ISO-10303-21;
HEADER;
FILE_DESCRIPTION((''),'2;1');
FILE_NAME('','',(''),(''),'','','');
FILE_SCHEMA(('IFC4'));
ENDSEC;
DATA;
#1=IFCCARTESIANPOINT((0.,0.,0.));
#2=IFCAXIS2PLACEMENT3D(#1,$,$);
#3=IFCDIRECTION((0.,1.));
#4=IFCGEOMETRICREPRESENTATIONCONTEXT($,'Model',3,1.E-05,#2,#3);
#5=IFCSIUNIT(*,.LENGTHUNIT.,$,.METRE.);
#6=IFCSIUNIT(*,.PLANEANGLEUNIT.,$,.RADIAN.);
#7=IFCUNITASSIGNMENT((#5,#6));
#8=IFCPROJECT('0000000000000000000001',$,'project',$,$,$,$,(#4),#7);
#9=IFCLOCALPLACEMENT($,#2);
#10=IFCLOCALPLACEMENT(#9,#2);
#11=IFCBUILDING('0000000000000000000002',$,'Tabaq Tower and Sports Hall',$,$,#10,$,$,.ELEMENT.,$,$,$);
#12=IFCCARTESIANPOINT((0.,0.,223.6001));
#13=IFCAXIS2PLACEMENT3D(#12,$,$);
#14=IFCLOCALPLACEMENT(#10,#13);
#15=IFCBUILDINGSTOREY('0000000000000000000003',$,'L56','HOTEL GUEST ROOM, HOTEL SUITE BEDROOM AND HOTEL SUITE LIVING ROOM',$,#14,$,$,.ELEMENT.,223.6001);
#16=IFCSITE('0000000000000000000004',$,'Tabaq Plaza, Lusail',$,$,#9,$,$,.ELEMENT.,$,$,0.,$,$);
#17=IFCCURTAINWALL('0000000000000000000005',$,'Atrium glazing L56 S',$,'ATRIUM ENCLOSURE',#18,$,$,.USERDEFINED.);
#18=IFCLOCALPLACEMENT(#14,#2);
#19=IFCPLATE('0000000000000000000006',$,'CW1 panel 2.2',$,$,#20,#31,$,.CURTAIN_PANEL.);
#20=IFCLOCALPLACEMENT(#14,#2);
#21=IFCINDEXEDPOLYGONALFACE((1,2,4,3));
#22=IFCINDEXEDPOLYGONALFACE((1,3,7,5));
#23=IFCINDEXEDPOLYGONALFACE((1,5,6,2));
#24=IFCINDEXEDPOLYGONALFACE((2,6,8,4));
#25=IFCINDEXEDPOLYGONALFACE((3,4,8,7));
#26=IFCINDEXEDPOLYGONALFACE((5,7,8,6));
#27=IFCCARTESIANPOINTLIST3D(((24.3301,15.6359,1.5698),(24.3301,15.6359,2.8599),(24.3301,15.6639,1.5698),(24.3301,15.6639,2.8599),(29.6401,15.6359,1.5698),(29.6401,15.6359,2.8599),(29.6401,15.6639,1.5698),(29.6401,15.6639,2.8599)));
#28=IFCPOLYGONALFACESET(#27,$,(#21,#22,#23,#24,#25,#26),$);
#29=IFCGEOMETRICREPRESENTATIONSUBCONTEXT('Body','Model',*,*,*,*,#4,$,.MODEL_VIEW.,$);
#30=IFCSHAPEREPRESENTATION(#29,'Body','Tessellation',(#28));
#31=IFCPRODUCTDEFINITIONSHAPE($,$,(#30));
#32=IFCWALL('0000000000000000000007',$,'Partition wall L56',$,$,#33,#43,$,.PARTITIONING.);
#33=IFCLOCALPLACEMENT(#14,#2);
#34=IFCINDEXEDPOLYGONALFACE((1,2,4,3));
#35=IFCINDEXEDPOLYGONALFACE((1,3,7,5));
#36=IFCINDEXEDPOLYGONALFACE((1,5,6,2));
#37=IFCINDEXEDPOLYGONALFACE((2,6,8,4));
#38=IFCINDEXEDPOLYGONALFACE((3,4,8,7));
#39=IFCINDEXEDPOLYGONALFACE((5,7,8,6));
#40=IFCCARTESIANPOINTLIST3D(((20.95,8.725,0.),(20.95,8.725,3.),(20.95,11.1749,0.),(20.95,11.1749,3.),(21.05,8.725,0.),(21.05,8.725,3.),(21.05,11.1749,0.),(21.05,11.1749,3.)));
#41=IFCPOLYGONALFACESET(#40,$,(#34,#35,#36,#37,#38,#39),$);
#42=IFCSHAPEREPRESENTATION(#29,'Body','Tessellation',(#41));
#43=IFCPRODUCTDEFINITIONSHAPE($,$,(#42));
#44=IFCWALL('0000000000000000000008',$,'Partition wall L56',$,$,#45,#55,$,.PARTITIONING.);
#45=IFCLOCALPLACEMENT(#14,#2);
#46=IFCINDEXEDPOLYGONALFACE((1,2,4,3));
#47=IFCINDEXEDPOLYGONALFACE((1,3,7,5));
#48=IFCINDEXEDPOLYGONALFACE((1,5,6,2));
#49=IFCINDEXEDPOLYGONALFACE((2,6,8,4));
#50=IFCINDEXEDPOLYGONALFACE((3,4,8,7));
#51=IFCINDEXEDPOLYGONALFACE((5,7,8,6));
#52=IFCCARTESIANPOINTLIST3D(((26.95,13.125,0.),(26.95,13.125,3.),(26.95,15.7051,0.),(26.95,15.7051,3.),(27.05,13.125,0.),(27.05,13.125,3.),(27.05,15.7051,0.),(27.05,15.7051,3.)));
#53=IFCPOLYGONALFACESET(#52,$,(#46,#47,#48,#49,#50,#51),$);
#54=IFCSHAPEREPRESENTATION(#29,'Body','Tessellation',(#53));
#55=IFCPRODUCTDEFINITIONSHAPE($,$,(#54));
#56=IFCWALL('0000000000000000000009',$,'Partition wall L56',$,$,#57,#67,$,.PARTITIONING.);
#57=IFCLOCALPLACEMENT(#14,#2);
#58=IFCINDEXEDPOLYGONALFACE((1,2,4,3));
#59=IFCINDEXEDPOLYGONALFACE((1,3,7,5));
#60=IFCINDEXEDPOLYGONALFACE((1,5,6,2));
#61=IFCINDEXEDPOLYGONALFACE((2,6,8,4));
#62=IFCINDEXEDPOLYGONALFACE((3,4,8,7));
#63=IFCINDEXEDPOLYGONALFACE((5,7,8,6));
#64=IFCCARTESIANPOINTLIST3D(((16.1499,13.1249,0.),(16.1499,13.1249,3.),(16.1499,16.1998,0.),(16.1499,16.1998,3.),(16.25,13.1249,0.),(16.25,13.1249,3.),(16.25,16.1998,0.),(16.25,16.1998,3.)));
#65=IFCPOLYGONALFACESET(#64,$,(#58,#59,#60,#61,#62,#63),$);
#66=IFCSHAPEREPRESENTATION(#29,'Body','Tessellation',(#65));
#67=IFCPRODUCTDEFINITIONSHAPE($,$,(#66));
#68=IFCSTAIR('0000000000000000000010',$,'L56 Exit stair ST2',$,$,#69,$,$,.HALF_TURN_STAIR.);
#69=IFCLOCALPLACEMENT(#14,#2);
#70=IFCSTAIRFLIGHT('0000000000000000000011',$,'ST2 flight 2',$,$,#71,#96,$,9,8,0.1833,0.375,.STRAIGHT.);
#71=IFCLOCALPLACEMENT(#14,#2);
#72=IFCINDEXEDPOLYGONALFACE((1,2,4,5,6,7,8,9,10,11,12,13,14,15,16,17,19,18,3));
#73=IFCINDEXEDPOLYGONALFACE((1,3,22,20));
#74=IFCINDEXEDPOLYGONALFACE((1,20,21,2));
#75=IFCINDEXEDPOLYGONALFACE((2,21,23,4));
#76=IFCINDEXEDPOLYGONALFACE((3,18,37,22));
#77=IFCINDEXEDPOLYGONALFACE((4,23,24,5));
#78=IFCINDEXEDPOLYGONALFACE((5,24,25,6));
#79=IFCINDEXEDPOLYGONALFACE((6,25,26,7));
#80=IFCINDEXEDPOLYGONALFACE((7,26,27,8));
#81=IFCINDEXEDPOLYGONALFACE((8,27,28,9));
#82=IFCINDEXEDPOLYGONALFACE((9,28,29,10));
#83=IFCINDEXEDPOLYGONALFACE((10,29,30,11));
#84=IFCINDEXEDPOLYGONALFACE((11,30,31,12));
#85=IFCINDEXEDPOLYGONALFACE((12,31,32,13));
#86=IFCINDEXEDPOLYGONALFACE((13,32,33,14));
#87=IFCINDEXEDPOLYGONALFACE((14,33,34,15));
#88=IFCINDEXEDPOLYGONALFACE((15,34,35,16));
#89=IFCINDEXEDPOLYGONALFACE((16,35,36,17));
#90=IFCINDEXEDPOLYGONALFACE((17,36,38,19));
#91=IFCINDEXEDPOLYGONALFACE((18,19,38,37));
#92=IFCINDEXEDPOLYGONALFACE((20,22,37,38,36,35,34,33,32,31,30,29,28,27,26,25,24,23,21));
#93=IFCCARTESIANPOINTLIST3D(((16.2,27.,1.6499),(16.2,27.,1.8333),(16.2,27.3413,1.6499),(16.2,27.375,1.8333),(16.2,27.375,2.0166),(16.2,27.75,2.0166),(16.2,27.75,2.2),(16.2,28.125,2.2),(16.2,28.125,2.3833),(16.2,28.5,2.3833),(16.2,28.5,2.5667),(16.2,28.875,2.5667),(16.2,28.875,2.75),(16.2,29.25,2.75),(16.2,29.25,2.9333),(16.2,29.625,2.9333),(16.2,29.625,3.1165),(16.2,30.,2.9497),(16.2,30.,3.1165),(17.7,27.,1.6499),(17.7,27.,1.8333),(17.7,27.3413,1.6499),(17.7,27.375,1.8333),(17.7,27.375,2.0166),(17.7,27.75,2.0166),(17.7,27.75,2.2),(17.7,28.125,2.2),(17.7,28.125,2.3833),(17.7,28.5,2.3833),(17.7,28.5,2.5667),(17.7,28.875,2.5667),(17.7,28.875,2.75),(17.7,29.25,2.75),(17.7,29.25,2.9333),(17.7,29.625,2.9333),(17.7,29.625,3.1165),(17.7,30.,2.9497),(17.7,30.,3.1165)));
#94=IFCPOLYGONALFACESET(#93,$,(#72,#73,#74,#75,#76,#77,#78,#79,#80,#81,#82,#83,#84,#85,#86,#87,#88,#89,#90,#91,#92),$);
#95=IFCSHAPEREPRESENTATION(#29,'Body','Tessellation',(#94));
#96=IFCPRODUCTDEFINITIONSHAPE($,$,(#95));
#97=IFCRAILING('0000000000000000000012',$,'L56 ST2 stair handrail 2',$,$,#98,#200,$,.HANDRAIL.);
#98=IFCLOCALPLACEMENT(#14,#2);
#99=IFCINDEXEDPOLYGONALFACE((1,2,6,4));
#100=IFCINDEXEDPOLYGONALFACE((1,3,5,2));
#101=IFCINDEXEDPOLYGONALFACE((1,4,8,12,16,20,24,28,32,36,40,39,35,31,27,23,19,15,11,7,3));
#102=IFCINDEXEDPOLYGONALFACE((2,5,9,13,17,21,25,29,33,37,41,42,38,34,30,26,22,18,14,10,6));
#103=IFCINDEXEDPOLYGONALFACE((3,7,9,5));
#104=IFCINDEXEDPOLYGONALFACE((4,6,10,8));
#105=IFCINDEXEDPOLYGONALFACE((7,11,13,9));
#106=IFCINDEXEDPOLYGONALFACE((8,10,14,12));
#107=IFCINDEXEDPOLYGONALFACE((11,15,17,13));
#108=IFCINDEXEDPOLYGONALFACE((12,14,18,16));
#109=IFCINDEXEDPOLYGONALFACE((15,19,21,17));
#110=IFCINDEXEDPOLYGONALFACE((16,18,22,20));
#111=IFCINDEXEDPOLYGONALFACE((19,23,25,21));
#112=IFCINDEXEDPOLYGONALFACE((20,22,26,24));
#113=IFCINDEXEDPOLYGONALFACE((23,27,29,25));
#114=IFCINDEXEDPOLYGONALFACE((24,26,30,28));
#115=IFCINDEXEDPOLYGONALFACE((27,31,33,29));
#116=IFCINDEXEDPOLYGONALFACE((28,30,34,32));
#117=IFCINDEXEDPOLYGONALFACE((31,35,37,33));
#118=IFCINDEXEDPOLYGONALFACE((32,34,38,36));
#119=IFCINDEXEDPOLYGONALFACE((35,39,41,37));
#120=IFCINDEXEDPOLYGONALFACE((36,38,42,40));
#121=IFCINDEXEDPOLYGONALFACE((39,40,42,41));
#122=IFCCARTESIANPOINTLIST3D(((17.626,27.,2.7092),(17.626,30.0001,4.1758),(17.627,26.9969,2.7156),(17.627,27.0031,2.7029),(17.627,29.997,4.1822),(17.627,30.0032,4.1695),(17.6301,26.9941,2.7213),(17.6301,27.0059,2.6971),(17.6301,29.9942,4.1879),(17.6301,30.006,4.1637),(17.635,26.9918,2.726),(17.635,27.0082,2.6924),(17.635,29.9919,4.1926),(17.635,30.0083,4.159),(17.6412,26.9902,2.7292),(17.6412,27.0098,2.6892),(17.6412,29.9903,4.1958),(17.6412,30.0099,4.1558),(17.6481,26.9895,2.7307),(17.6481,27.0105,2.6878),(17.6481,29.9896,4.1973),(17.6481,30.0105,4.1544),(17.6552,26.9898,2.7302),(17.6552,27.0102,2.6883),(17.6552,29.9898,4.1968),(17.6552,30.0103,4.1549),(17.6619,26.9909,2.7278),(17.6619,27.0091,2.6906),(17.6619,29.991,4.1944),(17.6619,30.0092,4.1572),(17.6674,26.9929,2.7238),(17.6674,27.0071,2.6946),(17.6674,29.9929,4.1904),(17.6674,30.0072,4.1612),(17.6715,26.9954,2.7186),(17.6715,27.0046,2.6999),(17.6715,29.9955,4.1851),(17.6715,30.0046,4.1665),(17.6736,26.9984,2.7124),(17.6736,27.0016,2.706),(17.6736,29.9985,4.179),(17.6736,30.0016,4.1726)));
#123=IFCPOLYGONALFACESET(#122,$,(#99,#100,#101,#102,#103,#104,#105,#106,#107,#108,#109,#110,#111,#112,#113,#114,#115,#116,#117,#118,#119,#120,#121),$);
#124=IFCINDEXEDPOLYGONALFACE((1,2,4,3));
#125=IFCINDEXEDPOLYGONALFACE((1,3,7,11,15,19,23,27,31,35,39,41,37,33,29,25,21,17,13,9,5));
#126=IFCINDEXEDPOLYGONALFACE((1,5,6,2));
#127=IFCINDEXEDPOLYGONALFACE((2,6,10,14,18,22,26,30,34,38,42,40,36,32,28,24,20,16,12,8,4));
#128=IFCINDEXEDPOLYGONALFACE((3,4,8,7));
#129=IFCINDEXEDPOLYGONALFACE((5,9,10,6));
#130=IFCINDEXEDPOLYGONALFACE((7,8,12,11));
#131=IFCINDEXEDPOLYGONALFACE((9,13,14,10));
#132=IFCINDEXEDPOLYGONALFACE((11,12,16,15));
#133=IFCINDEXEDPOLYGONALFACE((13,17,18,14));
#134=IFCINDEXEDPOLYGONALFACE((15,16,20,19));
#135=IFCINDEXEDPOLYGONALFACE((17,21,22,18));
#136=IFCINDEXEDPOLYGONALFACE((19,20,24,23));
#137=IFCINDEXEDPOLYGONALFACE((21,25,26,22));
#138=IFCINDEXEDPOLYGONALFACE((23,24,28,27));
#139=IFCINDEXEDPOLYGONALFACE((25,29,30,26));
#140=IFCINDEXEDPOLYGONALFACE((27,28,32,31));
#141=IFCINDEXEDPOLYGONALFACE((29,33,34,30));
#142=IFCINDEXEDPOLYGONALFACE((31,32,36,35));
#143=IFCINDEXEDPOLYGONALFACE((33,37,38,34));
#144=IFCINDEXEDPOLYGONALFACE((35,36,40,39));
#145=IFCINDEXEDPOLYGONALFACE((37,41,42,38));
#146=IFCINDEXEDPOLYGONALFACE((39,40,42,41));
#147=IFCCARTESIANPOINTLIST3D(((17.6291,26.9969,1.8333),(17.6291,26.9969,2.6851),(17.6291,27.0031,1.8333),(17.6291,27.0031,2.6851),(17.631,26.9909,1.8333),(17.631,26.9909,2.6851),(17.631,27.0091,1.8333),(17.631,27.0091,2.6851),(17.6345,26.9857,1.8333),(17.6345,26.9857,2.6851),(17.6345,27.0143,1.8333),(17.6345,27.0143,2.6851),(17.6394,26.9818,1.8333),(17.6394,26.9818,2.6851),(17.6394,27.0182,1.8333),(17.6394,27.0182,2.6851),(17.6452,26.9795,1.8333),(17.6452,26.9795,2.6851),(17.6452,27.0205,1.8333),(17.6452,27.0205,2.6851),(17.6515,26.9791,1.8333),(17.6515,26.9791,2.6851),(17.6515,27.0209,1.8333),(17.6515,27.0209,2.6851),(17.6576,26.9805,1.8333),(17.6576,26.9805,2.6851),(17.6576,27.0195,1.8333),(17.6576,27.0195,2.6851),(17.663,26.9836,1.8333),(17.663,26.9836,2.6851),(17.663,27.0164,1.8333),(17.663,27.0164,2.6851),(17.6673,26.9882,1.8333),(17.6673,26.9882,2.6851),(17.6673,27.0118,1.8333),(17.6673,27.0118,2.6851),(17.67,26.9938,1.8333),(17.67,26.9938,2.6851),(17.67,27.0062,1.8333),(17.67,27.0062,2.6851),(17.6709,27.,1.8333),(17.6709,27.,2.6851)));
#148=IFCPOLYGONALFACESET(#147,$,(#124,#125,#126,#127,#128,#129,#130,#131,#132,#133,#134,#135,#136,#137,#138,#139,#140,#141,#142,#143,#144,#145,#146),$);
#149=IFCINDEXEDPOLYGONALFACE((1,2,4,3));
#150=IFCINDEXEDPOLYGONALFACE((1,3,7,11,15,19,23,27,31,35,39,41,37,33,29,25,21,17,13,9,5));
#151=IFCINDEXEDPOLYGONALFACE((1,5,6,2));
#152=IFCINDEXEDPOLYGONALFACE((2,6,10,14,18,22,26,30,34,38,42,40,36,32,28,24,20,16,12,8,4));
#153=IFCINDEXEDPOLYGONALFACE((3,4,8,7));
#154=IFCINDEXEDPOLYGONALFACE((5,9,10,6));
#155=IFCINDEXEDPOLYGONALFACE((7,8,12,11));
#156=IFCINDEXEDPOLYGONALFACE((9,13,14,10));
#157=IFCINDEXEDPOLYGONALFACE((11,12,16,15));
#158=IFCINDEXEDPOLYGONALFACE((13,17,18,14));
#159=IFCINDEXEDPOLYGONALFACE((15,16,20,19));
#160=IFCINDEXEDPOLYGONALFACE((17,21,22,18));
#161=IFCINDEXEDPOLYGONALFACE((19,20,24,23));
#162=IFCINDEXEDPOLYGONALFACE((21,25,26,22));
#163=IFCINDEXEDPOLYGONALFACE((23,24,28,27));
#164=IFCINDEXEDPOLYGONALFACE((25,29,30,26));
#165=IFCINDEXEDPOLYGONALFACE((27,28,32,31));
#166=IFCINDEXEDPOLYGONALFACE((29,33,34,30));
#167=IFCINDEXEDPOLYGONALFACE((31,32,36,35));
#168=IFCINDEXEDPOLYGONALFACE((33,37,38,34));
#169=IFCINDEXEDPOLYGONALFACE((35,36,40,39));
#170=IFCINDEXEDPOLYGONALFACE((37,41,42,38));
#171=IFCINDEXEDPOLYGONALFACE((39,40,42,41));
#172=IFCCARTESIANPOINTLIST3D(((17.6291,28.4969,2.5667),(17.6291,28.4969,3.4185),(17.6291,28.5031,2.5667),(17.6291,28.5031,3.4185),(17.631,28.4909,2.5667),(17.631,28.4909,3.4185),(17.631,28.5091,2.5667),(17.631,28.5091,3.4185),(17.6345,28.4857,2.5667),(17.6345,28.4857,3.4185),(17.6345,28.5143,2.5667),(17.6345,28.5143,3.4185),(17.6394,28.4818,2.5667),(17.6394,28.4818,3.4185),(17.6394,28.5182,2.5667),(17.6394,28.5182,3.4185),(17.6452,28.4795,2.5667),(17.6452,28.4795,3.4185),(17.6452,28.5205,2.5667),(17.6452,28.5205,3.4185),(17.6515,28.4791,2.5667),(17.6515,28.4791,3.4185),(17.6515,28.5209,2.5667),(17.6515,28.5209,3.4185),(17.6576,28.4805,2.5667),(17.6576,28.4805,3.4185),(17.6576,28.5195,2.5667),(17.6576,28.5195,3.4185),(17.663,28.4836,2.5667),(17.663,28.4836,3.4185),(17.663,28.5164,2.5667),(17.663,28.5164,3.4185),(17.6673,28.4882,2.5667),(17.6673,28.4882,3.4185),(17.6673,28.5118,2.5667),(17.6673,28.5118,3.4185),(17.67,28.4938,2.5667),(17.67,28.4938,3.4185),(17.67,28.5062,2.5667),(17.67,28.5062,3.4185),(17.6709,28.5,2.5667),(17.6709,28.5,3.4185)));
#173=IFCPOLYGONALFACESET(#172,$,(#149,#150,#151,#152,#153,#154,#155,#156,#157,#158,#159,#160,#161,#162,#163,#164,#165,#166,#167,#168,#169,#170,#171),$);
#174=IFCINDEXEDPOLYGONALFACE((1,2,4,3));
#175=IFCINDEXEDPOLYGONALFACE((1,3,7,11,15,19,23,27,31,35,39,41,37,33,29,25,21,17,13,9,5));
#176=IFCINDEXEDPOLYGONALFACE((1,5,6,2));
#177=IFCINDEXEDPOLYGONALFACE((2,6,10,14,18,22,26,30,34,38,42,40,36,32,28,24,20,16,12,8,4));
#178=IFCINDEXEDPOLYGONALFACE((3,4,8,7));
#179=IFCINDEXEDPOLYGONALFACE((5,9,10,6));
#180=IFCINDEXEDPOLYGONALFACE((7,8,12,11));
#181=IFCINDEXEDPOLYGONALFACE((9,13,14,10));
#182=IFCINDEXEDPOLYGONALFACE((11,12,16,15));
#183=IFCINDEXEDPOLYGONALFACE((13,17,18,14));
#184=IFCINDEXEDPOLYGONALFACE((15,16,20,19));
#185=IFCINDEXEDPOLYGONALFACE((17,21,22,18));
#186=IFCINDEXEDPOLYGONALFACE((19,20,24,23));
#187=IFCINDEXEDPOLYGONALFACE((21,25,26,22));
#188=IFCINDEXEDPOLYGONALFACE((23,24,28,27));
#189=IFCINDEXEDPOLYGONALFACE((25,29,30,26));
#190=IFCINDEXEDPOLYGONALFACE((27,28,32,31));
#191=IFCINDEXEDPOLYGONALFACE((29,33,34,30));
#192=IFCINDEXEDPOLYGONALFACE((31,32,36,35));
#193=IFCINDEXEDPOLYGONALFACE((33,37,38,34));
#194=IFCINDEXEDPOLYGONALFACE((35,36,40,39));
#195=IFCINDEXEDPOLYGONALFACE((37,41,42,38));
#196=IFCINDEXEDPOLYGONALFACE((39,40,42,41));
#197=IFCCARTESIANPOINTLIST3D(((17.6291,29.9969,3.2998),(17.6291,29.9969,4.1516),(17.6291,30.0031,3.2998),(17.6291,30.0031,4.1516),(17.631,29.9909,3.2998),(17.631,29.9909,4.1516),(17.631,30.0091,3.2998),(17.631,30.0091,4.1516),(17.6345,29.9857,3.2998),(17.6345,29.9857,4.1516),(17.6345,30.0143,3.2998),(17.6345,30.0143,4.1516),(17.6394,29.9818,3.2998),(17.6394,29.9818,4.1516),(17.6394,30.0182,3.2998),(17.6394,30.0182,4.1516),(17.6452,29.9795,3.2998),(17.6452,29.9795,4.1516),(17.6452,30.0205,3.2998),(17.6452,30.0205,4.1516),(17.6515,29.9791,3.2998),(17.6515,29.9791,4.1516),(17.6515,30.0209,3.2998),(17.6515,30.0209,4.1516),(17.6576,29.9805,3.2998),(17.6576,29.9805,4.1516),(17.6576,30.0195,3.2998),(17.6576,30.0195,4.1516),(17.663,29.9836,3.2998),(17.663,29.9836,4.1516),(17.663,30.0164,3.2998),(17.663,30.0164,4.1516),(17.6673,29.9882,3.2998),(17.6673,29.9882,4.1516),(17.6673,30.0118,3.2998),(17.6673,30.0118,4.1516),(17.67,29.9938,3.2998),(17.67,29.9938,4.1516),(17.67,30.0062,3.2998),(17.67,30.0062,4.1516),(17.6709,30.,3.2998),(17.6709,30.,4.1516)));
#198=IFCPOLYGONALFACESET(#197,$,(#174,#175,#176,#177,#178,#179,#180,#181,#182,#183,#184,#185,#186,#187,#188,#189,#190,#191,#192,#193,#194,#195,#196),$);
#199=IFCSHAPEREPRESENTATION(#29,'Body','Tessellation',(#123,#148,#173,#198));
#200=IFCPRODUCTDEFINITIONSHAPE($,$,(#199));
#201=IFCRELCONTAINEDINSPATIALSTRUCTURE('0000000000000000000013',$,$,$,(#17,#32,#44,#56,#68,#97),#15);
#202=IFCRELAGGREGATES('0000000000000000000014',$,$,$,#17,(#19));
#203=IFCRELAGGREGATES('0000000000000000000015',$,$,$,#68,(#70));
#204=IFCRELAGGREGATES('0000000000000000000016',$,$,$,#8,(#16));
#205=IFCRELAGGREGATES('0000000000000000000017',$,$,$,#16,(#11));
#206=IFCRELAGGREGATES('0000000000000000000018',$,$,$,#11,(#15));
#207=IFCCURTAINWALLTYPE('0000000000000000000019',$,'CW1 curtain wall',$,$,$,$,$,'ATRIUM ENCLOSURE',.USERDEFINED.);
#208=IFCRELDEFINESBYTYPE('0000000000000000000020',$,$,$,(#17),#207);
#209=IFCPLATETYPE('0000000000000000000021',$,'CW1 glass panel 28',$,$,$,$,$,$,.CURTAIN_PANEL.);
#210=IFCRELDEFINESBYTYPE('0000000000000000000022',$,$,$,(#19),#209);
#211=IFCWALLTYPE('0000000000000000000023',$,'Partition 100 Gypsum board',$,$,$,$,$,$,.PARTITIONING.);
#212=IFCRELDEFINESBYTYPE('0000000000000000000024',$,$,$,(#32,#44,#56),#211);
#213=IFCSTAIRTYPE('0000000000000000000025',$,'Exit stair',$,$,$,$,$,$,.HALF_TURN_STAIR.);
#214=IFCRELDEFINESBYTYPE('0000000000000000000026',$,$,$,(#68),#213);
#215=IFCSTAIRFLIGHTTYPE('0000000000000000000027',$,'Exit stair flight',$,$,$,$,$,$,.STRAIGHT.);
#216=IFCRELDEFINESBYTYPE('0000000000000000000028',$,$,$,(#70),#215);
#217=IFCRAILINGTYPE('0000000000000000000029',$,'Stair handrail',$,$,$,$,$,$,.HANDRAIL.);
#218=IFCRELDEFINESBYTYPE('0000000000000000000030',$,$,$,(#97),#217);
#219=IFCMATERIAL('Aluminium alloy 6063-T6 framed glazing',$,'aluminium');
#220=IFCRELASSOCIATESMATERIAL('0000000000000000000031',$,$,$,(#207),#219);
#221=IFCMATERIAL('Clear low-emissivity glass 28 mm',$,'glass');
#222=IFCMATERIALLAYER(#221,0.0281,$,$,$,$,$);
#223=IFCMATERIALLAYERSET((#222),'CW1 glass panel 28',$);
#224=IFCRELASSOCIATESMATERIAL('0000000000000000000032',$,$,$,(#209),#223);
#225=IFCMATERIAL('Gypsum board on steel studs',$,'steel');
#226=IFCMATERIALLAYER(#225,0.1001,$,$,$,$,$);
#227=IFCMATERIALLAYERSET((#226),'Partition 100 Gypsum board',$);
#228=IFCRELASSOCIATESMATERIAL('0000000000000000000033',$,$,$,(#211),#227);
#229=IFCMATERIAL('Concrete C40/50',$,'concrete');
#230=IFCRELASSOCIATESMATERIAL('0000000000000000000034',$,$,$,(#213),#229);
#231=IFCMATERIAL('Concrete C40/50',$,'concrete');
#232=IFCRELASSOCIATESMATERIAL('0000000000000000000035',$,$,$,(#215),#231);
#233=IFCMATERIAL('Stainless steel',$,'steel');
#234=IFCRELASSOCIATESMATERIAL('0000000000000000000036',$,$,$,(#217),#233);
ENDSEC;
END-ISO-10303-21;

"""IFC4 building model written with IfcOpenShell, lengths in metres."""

from ifc_helpers import new_model, si_unit, direction, frame, frame_2d, origin, origin_2d, place, context, subcontext, project, spatial, polyline, rectangle, circle, outline, extrude, material, layer, layer_set, type_object, element, aggregate, save


model = new_model("IFC4")

# Units and contexts
model_context = context("Model", 3, precision=1e-05, world=origin(), true_north=direction((0.0, 1.0)))
body_context = subcontext(model_context, "Body", "Model", "MODEL_VIEW")
ifc_project = project(units=[si_unit("LENGTHUNIT", "METRE"), si_unit("PLANEANGLEUNIT", "RADIAN")], contexts=[model_context])

# Site, building, storey
site_placement = place(None, origin())
site = spatial("IfcSite", under=ifc_project, at=site_placement, Name="Tabaq Plaza, Lusail", CompositionType="ELEMENT", RefElevation=0.0)
building_placement = place(site_placement, origin())
building = spatial("IfcBuilding", under=site, at=building_placement, Name="Tabaq Tower and Sports Hall", CompositionType="ELEMENT")
storey_placement = place(building_placement, frame((0.0, 0.0, 223.6001)))
storey = spatial("IfcBuildingStorey", under=building, at=storey_placement, Name="L56", Description="HOTEL GUEST ROOM, HOTEL SUITE BEDROOM AND HOTEL SUITE LIVING ROOM", CompositionType="ELEMENT", Elevation=223.6001)

# Curtain wall, plate
ifc_material_1 = material(Name="Aluminium alloy 6063-T6 framed glazing", Category="aluminium")
curtain_wall_type = type_object("IfcCurtainWallType", Name="CW1 curtain wall", ElementType="ATRIUM ENCLOSURE", PredefinedType="USERDEFINED", material=ifc_material_1)
curtain_wall_placement = place(storey_placement, origin())
curtain_wall = element("IfcCurtainWall", 1, at=curtain_wall_placement, inside=storey, type_object=curtain_wall_type, Name="Atrium glazing L56 S", ObjectType="ATRIUM ENCLOSURE", PredefinedType="USERDEFINED")
ifc_material_2 = material(Name="Clear low-emissivity glass 28 mm", Category="glass")
ifc_layer_1 = layer(ifc_material_2, 0.0281)
ifc_layer_set_1 = layer_set([ifc_layer_1], Name="CW1 glass panel 28")
plate_type = type_object("IfcPlateType", Name="CW1 glass panel 28", PredefinedType="CURTAIN_PANEL", material=ifc_layer_set_1)
plate_1_placement = place(storey_placement, frame((26.9851, 15.6499, 1.5698), z_axis=(0.0, 0.0, 1.0), x_axis=(1.0, 0.0, 0.0)))
plate_1 = element("IfcPlate", 2, at=plate_1_placement, type_object=plate_type, Name="CW1 panel 2.2", PredefinedType="CURTAIN_PANEL", context=body_context, shape_type="SweptSolid", body=[
    extrude(rectangle(XDim=5.3101, YDim=0.0281, at=origin_2d()), origin(), (0.0, 0.0, 1.0), 1.29),
])
aggregate(curtain_wall, [plate_1])

# Walls
ifc_material_3 = material(Name="Gypsum board on steel studs", Category="steel")
ifc_layer_2 = layer(ifc_material_3, 0.1001)
ifc_layer_set_2 = layer_set([ifc_layer_2], Name="Partition 100 Gypsum board")
wall_type_1 = type_object("IfcWallType", Name="Partition 100 Gypsum board", PredefinedType="PARTITIONING", material=ifc_layer_set_2)
wall_1_placement = place(storey_placement, frame((21.0, 11.175, 0.0), z_axis=(0.0, 0.0, 1.0), x_axis=(0.0, -1.0, 0.0)))
element("IfcWall", 3, at=wall_1_placement, inside=storey, type_object=wall_type_1, Name="Partition wall L56", PredefinedType="PARTITIONING", context=body_context, shape_type="SweptSolid", body=[
    extrude(rectangle(XDim=2.45, YDim=0.1001, at=frame_2d((1.2251, 0.0))), origin(), (0.0, 0.0, 1.0), 3.0),
])
wall_2_placement = place(storey_placement, frame((27.0, 15.7051, 0.0), z_axis=(0.0, 0.0, 1.0), x_axis=(0.0, -1.0, 0.0)))
element("IfcWall", 4, at=wall_2_placement, inside=storey, type_object=wall_type_1, Name="Partition wall L56", PredefinedType="PARTITIONING", context=body_context, shape_type="SweptSolid", body=[
    extrude(rectangle(XDim=2.5801, YDim=0.1001, at=frame_2d((1.29, 0.0))), origin(), (0.0, 0.0, 1.0), 3.0),
])
wall_3_placement = place(storey_placement, frame((16.2, 16.2, 0.0), z_axis=(0.0, 0.0, 1.0), x_axis=(0.0, -1.0, 0.0)))
element("IfcWall", 5, at=wall_3_placement, inside=storey, type_object=wall_type_1, Name="Partition wall L56", PredefinedType="PARTITIONING", context=body_context, shape_type="SweptSolid", body=[
    extrude(rectangle(XDim=3.075, YDim=0.1001, at=frame_2d((1.5376, 0.0))), origin(), (0.0, 0.0, 1.0), 3.0),
])

# Stair, stair flight
ifc_material_4 = material(Name="Concrete C40/50", Category="concrete")
stair_type = type_object("IfcStairType", Name="Exit stair", PredefinedType="HALF_TURN_STAIR", material=ifc_material_4)
stair_placement = place(storey_placement, origin())
stair = element("IfcStair", 6, at=stair_placement, inside=storey, type_object=stair_type, Name="L56 Exit stair ST2", PredefinedType="HALF_TURN_STAIR")
ifc_material_5 = material(Name="Concrete C40/50", Category="concrete")
stair_flight_type = type_object("IfcStairFlightType", Name="Exit stair flight", PredefinedType="STRAIGHT", material=ifc_material_5)
stair_flight_placement = place(storey_placement, frame((16.95, 27.0, 1.6499), z_axis=(0.0, 0.0, 1.0), x_axis=(0.0, 1.0, 0.0)))
stair_flight = element("IfcStairFlight", 7, at=stair_flight_placement, type_object=stair_flight_type, Name="ST2 flight 2", NumberOfRisers=9, NumberOfTreads=8, PredefinedType="STRAIGHT", RiserHeight=0.1833, TreadLength=0.375, context=body_context, shape_type="SweptSolid", body=[
    extrude(outline(polyline([(0.0, 0.0), (0.0, 0.1833), (0.375, 0.1833), (0.375, 0.3667), (0.75, 0.3667), (0.75, 0.55), (1.125, 0.55), (1.125, 0.7334), (1.5, 0.7334), (1.5, 0.9167), (1.875, 0.9167), (1.875, 1.1001), (2.25, 1.1001), (2.25, 1.2834), (2.625, 1.2834), (2.625, 1.4666), (3.0, 1.4666), (3.0, 1.6499), (3.0, 1.2998), (0.3413, 0.0), (0.0, 0.0)])), frame((0.0, 0.75, 0.0), z_axis=(0.0, -1.0, 0.0), x_axis=(1.0, 0.0, 0.0)), (0.0, 0.0, 1.0), 1.5),
])
aggregate(stair, [stair_flight])

# Railing
ifc_material_6 = material(Name="Stainless steel", Category="steel")
railing_type = type_object("IfcRailingType", Name="Stair handrail", PredefinedType="HANDRAIL", material=ifc_material_6)
railing_placement = place(storey_placement, frame((17.6499, 27.0, 1.8333)))
element("IfcRailing", 8, at=railing_placement, inside=storey, type_object=railing_type, Name="L56 ST2 stair handrail 2", PredefinedType="HANDRAIL", context=body_context, shape_type="SweptSolid", body=[
    extrude(circle(Radius=0.0239, at=origin_2d()), frame((0.0, 0.0, 0.876), z_axis=(0.0, 0.898398, 0.439183), x_axis=(-1.0, 0.0, 0.0)), (0.0, 0.0, 1.0), 3.3394),
    extrude(circle(Radius=0.021, at=origin_2d()), origin(), (0.0, 0.0, 1.0), 0.8518),
    extrude(circle(Radius=0.021, at=origin_2d()), frame((0.0, 1.5, 0.7334)), (0.0, 0.0, 1.0), 0.8518),
    extrude(circle(Radius=0.021, at=origin_2d()), frame((0.0, 3.0, 1.4666)), (0.0, 0.0, 1.0), 0.8518),
])

save(model, "model.ifc")
